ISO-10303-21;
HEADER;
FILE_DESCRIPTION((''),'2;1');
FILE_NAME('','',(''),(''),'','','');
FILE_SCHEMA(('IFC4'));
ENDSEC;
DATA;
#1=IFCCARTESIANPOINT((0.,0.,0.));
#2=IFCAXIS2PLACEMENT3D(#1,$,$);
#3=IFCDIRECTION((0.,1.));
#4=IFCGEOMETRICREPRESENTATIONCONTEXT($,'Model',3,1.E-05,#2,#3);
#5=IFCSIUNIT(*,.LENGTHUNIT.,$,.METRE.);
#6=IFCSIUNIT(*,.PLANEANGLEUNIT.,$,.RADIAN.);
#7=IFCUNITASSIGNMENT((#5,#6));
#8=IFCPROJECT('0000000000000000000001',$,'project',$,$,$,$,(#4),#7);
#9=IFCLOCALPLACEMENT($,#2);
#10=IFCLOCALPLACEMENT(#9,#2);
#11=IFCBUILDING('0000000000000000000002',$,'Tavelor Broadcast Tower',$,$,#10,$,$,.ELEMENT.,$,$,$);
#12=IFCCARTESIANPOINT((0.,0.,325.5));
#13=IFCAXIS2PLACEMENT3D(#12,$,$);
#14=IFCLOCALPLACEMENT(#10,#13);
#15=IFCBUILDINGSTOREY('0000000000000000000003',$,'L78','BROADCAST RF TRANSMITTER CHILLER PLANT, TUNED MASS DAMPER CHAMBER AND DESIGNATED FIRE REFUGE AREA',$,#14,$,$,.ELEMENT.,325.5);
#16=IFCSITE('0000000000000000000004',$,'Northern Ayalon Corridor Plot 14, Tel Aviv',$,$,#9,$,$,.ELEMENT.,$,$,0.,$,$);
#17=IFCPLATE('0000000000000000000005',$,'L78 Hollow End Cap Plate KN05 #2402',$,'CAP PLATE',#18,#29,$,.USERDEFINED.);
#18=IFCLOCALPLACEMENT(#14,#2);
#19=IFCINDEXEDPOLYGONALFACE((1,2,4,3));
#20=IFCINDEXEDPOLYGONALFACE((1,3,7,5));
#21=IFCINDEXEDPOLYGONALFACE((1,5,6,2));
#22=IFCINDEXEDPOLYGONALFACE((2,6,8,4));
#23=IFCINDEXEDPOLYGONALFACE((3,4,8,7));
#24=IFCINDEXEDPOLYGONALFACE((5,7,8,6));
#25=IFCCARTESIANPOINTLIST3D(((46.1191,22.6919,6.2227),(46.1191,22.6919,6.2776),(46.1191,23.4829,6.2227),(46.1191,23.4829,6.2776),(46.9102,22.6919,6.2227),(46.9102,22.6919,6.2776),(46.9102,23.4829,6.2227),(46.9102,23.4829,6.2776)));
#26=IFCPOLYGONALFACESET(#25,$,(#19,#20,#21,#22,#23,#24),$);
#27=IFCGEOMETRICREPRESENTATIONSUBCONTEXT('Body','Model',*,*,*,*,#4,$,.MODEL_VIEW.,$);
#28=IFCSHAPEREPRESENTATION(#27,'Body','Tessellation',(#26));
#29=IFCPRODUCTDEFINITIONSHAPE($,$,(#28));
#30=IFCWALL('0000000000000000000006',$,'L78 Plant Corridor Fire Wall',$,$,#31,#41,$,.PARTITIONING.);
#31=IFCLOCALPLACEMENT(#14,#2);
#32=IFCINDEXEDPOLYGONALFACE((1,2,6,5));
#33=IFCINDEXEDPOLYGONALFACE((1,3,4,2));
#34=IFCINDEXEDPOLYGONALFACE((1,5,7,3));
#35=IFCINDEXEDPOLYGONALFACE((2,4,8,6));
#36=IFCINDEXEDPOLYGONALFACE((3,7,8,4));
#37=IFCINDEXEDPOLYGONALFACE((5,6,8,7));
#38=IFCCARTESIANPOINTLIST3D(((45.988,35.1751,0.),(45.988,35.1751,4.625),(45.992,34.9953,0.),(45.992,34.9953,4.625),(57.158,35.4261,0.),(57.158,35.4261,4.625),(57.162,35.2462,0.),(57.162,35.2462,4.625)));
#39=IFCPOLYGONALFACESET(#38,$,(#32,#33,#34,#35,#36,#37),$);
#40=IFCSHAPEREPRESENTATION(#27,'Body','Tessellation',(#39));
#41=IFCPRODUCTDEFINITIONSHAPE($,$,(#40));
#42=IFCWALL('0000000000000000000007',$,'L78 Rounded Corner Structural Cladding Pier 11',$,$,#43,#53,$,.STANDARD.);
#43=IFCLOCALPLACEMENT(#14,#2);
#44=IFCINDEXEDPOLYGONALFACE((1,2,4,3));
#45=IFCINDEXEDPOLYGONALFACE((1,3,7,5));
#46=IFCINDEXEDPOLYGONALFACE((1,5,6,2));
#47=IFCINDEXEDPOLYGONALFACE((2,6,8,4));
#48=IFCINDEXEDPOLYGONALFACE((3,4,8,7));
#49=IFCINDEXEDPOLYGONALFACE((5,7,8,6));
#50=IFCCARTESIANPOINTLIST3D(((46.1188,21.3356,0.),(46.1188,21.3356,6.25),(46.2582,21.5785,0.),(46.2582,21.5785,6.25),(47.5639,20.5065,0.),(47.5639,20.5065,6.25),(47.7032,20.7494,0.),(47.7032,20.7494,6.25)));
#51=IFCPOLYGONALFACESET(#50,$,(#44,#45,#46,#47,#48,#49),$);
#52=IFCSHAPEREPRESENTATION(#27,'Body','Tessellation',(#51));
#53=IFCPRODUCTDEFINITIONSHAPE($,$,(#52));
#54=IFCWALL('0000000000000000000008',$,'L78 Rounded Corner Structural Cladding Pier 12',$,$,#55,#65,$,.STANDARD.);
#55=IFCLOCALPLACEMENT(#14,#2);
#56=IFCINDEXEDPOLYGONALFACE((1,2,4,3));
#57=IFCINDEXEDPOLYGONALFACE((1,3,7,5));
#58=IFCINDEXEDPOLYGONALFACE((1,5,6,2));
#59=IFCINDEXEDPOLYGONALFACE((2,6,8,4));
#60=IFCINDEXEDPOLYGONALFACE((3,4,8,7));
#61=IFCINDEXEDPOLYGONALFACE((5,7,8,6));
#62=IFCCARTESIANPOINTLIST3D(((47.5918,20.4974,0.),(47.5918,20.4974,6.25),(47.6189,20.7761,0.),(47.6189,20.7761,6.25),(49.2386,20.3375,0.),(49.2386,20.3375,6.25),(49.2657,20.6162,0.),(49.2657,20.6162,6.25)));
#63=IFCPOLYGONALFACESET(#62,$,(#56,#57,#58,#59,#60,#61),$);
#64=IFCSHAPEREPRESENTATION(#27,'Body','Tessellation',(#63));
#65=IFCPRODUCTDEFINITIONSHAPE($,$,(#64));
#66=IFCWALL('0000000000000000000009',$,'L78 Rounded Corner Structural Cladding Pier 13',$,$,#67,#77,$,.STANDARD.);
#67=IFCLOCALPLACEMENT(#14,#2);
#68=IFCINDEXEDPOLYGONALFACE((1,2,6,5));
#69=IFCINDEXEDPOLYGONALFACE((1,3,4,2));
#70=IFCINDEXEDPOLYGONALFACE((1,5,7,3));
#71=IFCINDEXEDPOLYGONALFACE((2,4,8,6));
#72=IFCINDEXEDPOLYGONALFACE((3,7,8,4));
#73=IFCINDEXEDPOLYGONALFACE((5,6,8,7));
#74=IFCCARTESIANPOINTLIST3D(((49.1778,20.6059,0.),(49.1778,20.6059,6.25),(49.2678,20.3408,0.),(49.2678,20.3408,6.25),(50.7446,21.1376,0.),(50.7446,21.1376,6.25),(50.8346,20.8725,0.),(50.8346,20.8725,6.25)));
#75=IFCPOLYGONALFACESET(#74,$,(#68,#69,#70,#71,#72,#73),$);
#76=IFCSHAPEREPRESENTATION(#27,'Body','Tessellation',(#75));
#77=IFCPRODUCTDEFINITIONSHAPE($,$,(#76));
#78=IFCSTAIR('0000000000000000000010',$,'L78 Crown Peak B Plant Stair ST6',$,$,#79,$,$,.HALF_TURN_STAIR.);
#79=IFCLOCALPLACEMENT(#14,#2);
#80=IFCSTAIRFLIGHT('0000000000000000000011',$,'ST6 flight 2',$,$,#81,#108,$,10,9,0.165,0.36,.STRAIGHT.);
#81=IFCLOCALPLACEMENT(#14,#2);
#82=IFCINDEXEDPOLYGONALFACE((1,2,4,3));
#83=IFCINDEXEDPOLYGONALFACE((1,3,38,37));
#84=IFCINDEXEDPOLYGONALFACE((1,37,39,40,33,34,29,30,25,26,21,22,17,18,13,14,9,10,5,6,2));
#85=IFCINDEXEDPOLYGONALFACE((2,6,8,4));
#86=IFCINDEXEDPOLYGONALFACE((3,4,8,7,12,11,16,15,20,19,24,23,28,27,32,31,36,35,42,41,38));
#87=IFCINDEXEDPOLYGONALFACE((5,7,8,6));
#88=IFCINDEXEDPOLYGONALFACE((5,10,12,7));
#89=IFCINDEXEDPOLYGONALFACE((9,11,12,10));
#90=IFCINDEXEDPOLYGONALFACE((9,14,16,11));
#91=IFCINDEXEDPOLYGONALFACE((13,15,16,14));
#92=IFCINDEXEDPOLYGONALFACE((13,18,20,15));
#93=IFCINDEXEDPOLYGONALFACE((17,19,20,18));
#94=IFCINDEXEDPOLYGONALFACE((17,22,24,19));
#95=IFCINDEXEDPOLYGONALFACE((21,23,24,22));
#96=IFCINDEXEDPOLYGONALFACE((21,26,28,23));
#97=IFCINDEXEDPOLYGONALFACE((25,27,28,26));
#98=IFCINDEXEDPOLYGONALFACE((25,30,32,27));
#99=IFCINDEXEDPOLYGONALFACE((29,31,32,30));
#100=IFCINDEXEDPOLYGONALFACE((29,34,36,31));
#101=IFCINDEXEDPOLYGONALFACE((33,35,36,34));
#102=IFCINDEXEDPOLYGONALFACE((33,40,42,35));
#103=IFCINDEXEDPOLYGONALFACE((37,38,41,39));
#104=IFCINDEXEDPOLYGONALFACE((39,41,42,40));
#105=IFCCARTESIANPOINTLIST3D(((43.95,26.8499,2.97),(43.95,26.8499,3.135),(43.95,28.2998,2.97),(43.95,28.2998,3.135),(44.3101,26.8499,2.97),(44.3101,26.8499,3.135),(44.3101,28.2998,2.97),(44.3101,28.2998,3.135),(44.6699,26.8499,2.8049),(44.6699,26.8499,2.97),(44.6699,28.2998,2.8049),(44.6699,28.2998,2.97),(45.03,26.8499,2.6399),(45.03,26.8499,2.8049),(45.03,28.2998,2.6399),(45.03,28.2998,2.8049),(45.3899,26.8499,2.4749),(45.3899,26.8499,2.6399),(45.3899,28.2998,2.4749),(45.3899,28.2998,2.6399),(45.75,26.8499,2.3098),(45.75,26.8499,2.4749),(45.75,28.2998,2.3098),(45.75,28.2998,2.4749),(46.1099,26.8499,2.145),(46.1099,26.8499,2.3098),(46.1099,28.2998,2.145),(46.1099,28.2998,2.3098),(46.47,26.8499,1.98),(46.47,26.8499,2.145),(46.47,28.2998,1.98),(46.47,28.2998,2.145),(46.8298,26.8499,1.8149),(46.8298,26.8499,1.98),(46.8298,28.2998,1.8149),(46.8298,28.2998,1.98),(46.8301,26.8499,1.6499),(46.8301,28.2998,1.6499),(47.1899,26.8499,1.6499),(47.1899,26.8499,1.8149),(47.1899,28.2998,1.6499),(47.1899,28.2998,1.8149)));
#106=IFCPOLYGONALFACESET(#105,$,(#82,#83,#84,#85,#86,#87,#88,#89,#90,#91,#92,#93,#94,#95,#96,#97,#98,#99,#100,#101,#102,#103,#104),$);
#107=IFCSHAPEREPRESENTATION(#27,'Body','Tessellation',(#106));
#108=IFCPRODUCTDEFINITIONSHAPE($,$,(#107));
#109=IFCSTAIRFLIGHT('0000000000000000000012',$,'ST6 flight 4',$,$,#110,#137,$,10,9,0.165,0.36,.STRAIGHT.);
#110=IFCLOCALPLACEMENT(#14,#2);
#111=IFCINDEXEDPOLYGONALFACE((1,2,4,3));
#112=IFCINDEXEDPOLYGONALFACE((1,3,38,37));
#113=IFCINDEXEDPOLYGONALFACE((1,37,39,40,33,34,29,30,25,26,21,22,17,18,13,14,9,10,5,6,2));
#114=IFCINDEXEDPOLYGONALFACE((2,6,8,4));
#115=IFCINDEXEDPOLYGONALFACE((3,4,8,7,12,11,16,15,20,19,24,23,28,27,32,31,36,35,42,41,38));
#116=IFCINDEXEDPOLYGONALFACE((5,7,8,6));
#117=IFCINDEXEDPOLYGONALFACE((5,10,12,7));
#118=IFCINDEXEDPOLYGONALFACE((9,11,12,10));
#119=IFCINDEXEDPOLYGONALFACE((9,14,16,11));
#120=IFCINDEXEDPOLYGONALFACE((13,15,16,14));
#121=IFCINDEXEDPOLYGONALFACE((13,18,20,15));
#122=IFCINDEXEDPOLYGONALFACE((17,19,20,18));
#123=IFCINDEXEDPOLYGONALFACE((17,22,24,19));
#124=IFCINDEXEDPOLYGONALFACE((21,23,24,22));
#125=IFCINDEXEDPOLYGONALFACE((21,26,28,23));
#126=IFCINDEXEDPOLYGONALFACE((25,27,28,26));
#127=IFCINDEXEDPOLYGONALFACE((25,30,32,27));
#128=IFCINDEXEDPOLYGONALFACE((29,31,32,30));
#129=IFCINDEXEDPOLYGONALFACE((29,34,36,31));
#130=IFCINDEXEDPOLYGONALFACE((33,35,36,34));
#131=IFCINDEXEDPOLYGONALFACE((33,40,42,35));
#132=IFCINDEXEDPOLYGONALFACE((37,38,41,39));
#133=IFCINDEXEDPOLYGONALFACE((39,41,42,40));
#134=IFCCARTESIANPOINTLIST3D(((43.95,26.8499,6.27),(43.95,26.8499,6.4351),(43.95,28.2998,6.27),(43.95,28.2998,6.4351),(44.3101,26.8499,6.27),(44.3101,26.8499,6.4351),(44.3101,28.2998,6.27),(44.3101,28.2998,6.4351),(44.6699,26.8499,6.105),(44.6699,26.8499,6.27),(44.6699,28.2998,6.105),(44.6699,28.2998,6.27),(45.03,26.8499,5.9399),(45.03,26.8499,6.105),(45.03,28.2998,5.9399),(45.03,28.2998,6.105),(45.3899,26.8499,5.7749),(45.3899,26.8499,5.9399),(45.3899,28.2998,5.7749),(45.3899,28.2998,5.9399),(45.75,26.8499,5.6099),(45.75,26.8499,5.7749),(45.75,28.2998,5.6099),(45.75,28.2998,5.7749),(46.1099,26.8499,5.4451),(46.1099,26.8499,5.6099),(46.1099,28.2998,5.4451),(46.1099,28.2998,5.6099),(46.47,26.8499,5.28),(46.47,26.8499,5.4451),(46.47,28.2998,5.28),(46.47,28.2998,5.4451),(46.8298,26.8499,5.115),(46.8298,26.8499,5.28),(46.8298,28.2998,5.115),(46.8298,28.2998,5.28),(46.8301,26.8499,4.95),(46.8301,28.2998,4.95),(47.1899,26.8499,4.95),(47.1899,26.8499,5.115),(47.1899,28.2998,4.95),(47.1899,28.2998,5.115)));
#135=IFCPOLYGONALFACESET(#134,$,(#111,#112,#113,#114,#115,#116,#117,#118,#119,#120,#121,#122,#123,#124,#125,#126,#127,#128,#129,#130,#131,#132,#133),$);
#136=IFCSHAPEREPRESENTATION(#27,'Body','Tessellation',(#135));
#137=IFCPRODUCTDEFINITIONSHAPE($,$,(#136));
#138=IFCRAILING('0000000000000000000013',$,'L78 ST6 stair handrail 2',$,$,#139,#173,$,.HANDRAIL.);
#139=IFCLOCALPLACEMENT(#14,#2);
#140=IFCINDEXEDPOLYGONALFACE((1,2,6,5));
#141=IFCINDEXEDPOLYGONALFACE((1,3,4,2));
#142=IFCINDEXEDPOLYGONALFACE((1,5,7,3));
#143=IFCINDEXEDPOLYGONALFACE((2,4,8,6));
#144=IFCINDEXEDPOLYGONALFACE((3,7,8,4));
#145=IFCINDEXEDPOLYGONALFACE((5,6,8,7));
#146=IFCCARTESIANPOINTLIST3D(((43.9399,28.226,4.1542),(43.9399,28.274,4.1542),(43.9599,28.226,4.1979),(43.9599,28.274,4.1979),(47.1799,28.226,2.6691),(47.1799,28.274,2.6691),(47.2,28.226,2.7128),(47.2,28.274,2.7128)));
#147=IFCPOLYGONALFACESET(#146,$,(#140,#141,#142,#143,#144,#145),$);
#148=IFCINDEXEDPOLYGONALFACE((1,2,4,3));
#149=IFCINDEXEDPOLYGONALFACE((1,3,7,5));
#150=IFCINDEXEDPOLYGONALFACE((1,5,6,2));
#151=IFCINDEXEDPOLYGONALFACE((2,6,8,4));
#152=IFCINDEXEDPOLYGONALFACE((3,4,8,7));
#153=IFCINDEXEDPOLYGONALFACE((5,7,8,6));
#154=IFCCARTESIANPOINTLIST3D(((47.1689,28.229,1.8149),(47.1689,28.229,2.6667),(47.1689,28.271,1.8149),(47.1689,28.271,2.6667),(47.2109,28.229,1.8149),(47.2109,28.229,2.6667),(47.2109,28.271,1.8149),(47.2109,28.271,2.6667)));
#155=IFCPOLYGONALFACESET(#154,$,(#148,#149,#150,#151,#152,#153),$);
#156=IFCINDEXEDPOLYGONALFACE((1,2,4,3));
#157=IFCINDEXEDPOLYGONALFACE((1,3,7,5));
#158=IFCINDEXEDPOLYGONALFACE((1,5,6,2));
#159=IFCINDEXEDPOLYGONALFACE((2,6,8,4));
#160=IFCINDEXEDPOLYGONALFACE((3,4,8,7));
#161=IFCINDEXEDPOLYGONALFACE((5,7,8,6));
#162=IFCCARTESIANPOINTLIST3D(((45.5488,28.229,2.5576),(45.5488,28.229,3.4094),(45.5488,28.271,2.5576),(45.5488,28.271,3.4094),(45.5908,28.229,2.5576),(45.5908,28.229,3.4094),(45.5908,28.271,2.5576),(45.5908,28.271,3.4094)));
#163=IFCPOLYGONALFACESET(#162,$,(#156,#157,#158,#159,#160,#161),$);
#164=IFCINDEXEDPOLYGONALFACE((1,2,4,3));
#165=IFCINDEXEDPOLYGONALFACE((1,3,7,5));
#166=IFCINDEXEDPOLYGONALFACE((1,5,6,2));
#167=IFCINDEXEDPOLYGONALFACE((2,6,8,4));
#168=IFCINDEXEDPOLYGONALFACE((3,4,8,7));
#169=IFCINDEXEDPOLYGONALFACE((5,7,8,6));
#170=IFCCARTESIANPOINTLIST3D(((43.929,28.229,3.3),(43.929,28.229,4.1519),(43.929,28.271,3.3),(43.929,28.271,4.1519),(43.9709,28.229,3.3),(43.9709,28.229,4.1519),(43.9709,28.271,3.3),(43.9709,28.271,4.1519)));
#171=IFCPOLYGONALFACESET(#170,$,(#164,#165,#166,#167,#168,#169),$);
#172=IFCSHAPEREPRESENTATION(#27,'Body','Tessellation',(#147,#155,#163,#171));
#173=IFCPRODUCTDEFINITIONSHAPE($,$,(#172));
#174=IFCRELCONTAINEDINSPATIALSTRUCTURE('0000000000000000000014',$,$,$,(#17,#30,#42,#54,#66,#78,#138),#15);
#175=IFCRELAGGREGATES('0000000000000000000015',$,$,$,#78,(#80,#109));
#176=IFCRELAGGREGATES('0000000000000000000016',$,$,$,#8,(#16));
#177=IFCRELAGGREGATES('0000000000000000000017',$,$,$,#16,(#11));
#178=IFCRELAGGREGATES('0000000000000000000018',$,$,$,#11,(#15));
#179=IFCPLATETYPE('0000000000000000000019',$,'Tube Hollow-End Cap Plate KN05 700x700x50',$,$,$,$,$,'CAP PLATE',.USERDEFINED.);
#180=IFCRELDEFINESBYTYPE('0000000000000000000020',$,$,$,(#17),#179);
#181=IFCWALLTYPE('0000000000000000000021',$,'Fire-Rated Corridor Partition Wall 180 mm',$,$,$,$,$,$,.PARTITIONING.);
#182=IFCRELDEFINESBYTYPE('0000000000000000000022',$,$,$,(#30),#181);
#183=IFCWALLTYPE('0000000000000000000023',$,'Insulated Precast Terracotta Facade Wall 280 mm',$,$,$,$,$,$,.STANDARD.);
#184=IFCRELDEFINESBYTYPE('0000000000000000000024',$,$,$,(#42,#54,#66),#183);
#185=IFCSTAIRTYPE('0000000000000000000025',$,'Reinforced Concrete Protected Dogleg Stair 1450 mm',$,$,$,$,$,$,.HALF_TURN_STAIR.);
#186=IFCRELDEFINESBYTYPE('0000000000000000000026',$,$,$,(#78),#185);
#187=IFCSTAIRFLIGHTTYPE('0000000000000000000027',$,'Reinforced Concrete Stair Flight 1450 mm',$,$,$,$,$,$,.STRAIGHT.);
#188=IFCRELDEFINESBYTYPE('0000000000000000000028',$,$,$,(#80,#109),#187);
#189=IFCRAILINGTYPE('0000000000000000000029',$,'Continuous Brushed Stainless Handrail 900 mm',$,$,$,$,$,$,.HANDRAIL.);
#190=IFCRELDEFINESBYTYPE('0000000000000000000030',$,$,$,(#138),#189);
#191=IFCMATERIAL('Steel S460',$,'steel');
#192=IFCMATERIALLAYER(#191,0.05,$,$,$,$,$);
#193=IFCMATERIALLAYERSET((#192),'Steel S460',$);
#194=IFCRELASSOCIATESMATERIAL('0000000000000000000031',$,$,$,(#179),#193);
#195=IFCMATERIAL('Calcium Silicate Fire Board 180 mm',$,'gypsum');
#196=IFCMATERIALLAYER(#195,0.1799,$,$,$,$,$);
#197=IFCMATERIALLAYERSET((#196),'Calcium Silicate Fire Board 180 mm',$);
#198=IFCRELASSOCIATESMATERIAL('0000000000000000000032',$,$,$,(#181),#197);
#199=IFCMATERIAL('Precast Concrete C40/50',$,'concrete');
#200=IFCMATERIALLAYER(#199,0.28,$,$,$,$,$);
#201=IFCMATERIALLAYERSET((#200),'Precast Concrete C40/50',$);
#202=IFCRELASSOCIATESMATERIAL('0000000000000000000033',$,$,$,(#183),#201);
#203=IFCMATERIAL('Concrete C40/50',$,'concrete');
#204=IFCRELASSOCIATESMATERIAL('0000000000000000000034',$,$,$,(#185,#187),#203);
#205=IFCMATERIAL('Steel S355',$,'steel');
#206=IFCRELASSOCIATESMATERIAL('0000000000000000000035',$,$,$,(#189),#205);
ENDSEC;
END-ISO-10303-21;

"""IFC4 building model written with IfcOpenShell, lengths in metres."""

from ifc_helpers import new_model, si_unit, direction, frame, frame_2d, origin, origin_2d, place, context, subcontext, project, spatial, polyline, rectangle, outline, extrude, source, transform, mapped, material, layer, layer_set, type_object, type_shapes, element, aggregate, save


model = new_model("IFC4")

# Units and contexts
model_context = context("Model", 3, precision=1e-05, world=origin(), true_north=direction((0.0, 1.0)))
body_context = subcontext(model_context, "Body", "Model", "MODEL_VIEW")
ifc_project = project(units=[si_unit("LENGTHUNIT", "METRE"), si_unit("PLANEANGLEUNIT", "RADIAN")], contexts=[model_context])

# Site, building, storey
site_placement = place(None, origin())
site = spatial("IfcSite", under=ifc_project, at=site_placement, Name="Northern Ayalon Corridor Plot 14, Tel Aviv", CompositionType="ELEMENT", RefElevation=0.0)
building_placement = place(site_placement, origin())
building = spatial("IfcBuilding", under=site, at=building_placement, Name="Tavelor Broadcast Tower", CompositionType="ELEMENT")
storey_placement = place(building_placement, frame((0.0, 0.0, 325.5)))
storey = spatial("IfcBuildingStorey", under=building, at=storey_placement, Name="L78", Description="BROADCAST RF TRANSMITTER CHILLER PLANT, TUNED MASS DAMPER CHAMBER AND DESIGNATED FIRE REFUGE AREA", CompositionType="ELEMENT", Elevation=325.5)

# Shared definitions
ifc_material_1 = material(Name="Steel S460", Category="steel")

# Shared definitions
ifc_material_2 = material(Name="Steel S355", Category="steel")

# Plate
ifc_layer_1 = layer(ifc_material_1, 0.05)
ifc_layer_set_1 = layer_set([ifc_layer_1], Name="Steel S460")
plate_type = type_object("IfcPlateType", Name="Tube Hollow-End Cap Plate KN05 700x700x50", ElementType="CAP PLATE", PredefinedType="USERDEFINED", material=ifc_layer_set_1)
shared_shape_1 = source(origin(), body_context, "Body", "SweptSolid", [
    extrude(rectangle(XDim=0.791, YDim=0.791, at=origin_2d()), origin(), (0.0, 0.0, 1.0), 0.0549),
])
type_shapes(plate_type, [shared_shape_1])
for number, where, z_axis, x_axis, name in (
    (1, (46.5146, 23.0874, 6.2227), (0.0, 0.0, 1.0), (1.0, 0.0, 0.0), "L78 Hollow End Cap Plate KN05 #2402"),
):
    element("IfcPlate", number, at=place(storey_placement, frame(where, z_axis=z_axis, x_axis=x_axis)), inside=storey, type_object=plate_type, Name=name, ObjectType="CAP PLATE", PredefinedType="USERDEFINED", context=body_context, shape_type="MappedRepresentation", body=[
        mapped(shared_shape_1, transform((0.0, 0.0, 0.0), scale=1.0)),
    ])

# Walls
ifc_material_3 = material(Name="Calcium Silicate Fire Board 180 mm", Category="gypsum")
ifc_layer_2 = layer(ifc_material_3, 0.1799)
ifc_layer_set_2 = layer_set([ifc_layer_2], Name="Calcium Silicate Fire Board 180 mm")
wall_type_1 = type_object("IfcWallType", Name="Fire-Rated Corridor Partition Wall 180 mm", PredefinedType="PARTITIONING", material=ifc_layer_set_2)
wall_1_placement = place(storey_placement, frame((45.99, 35.0852, 0.0), z_axis=(0.0, 0.0, 1.0), x_axis=(0.999748, 0.022463, 0.0)))
element("IfcWall", 2, at=wall_1_placement, inside=storey, type_object=wall_type_1, Name="L78 Plant Corridor Fire Wall", PredefinedType="PARTITIONING", context=body_context, shape_type="SweptSolid", body=[
    extrude(rectangle(XDim=11.1729, YDim=0.1799, at=frame_2d((5.5864, 0.0))), origin(), (0.0, 0.0, 1.0), 4.625),
])
ifc_material_4 = material(Name="Precast Concrete C40/50", Category="concrete")
ifc_layer_3 = layer(ifc_material_4, 0.28)
ifc_layer_set_3 = layer_set([ifc_layer_3], Name="Precast Concrete C40/50")
wall_type_2 = type_object("IfcWallType", Name="Insulated Precast Terracotta Facade Wall 280 mm", PredefinedType="STANDARD", material=ifc_layer_set_3)
wall_2_placement = place(storey_placement, frame((46.1885, 21.457, 0.0), z_axis=(0.0, 0.0, 1.0), x_axis=(0.867376, -0.497653, 0.0)))
element("IfcWall", 3, at=wall_2_placement, inside=storey, type_object=wall_type_2, Name="L78 Rounded Corner Structural Cladding Pier 11", PredefinedType="STANDARD", context=body_context, shape_type="SweptSolid", body=[
    extrude(rectangle(XDim=1.666, YDim=0.28, at=frame_2d((0.833, 0.0))), origin(), (0.0, 0.0, 1.0), 6.25),
])
for number, where, z_axis, x_axis, name in (
    (4, (47.6055, 20.6367, 0.0), (0.0, 0.0, 1.0), (0.995318, -0.096654, 0.0), "L78 Rounded Corner Structural Cladding Pier 12"),
    (5, (49.2229, 20.4734, 0.0), (0.0, 0.0, 1.0), (0.946958, 0.321358, 0.0), "L78 Rounded Corner Structural Cladding Pier 13"),
):
    element("IfcWall", number, at=place(storey_placement, frame(where, z_axis=z_axis, x_axis=x_axis)), inside=storey, type_object=wall_type_2, Name=name, PredefinedType="STANDARD", context=body_context, shape_type="SweptSolid", body=[
        extrude(rectangle(XDim=1.6545, YDim=0.28, at=frame_2d((0.8271, 0.0))), origin(), (0.0, 0.0, 1.0), 6.25),
    ])

# Stair, stair flights
ifc_material_5 = material(Name="Concrete C40/50", Category="concrete")
stair_type = type_object("IfcStairType", Name="Reinforced Concrete Protected Dogleg Stair 1450 mm", PredefinedType="HALF_TURN_STAIR", material=ifc_material_5)
stair_placement = place(storey_placement, origin())
stair = element("IfcStair", 6, at=stair_placement, inside=storey, type_object=stair_type, Name="L78 Crown Peak B Plant Stair ST6", PredefinedType="HALF_TURN_STAIR")
stair_flight_type = type_object("IfcStairFlightType", Name="Reinforced Concrete Stair Flight 1450 mm", PredefinedType="STRAIGHT", material=ifc_material_5)
stair_flight_1_placement = place(storey_placement, frame((47.1899, 27.575, 1.6499), z_axis=(0.0, 0.0, 1.0), x_axis=(-1.0, 0.0, 0.0)))
stair_flight_1 = element("IfcStairFlight", 7, at=stair_flight_1_placement, type_object=stair_flight_type, Name="ST6 flight 2", NumberOfRisers=10, NumberOfTreads=9, PredefinedType="STRAIGHT", RiserHeight=0.165, TreadLength=0.36, context=body_context, shape_type="SweptSolid", body=[
    extrude(outline(polyline([(0.0, 0.0), (0.0, 0.165), (0.3601, 0.165), (0.3601, 0.3301), (0.72, 0.3301), (0.72, 0.4951), (1.0801, 0.4951), (1.0801, 0.6599), (1.4399, 0.6599), (1.4399, 0.825), (1.8, 0.825), (1.8, 0.99), (2.1599, 0.99), (2.1599, 1.155), (2.52, 1.155), (2.52, 1.3201), (2.8799, 1.3201), (2.8799, 1.4851), (3.24, 1.4851), (3.24, 1.6499), (3.24, 1.3201), (0.3599, 0.0), (0.0, 0.0)])), frame((0.0, 0.7251, 0.0), z_axis=(0.0, -1.0, 0.0), x_axis=(1.0, 0.0, 0.0)), (0.0, 0.0, 1.0), 1.45),
])
stair_flight_2_placement = place(storey_placement, frame((47.1899, 27.575, 4.95), z_axis=(0.0, 0.0, 1.0), x_axis=(-1.0, 0.0, 0.0)))
stair_flight_2 = element("IfcStairFlight", 8, at=stair_flight_2_placement, type_object=stair_flight_type, Name="ST6 flight 4", NumberOfRisers=10, NumberOfTreads=9, PredefinedType="STRAIGHT", RiserHeight=0.165, TreadLength=0.36, context=body_context, shape_type="SweptSolid", body=[
    extrude(outline(polyline([(0.0, 0.0), (0.0, 0.165), (0.3601, 0.165), (0.3601, 0.3301), (0.72, 0.3301), (0.72, 0.4951), (1.0801, 0.4951), (1.0801, 0.6599), (1.4399, 0.6599), (1.4399, 0.825), (1.8, 0.825), (1.8, 0.99), (2.1599, 0.99), (2.1599, 1.155), (2.52, 1.155), (2.52, 1.3201), (2.8799, 1.3201), (2.8799, 1.4851), (3.24, 1.4851), (3.24, 1.6499), (3.24, 1.3201), (0.3599, 0.0), (0.0, 0.0)])), frame((0.0, 0.7251, 0.0), z_axis=(0.0, -1.0, 0.0), x_axis=(1.0, 0.0, 0.0)), (0.0, 0.0, 1.0), 1.45),
])
aggregate(stair, [stair_flight_1, stair_flight_2])

# Railing
railing_type_1 = type_object("IfcRailingType", Name="Continuous Brushed Stainless Handrail 900 mm", PredefinedType="HANDRAIL", material=ifc_material_2)
for number, where, name in (
    (9, (47.1899, 28.25, 1.8149), "L78 ST6 stair handrail 2"),
):
    element("IfcRailing", number, at=place(storey_placement, frame(where)), inside=storey, type_object=railing_type_1, Name=name, PredefinedType="HANDRAIL", context=body_context, shape_type="SweptSolid", body=[
        extrude(rectangle(XDim=0.0481, YDim=0.0481, at=origin_2d()), frame((0.0, 0.0, 0.876), z_axis=(-0.909053, 0.0, 0.416681), x_axis=(0.0, -1.0, 0.0)), (0.0, 0.0, 1.0), 3.5642),
        extrude(rectangle(XDim=0.042, YDim=0.042, at=origin_2d()), origin(), (0.0, 0.0, 1.0), 0.8518),
        extrude(rectangle(XDim=0.042, YDim=0.042, at=origin_2d()), frame((-1.6201, 0.0, 0.7427)), (0.0, 0.0, 1.0), 0.8518),
        extrude(rectangle(XDim=0.042, YDim=0.042, at=origin_2d()), frame((-3.24, 0.0, 1.4851)), (0.0, 0.0, 1.0), 0.8518),
    ])

save(model, "model.ifc")
